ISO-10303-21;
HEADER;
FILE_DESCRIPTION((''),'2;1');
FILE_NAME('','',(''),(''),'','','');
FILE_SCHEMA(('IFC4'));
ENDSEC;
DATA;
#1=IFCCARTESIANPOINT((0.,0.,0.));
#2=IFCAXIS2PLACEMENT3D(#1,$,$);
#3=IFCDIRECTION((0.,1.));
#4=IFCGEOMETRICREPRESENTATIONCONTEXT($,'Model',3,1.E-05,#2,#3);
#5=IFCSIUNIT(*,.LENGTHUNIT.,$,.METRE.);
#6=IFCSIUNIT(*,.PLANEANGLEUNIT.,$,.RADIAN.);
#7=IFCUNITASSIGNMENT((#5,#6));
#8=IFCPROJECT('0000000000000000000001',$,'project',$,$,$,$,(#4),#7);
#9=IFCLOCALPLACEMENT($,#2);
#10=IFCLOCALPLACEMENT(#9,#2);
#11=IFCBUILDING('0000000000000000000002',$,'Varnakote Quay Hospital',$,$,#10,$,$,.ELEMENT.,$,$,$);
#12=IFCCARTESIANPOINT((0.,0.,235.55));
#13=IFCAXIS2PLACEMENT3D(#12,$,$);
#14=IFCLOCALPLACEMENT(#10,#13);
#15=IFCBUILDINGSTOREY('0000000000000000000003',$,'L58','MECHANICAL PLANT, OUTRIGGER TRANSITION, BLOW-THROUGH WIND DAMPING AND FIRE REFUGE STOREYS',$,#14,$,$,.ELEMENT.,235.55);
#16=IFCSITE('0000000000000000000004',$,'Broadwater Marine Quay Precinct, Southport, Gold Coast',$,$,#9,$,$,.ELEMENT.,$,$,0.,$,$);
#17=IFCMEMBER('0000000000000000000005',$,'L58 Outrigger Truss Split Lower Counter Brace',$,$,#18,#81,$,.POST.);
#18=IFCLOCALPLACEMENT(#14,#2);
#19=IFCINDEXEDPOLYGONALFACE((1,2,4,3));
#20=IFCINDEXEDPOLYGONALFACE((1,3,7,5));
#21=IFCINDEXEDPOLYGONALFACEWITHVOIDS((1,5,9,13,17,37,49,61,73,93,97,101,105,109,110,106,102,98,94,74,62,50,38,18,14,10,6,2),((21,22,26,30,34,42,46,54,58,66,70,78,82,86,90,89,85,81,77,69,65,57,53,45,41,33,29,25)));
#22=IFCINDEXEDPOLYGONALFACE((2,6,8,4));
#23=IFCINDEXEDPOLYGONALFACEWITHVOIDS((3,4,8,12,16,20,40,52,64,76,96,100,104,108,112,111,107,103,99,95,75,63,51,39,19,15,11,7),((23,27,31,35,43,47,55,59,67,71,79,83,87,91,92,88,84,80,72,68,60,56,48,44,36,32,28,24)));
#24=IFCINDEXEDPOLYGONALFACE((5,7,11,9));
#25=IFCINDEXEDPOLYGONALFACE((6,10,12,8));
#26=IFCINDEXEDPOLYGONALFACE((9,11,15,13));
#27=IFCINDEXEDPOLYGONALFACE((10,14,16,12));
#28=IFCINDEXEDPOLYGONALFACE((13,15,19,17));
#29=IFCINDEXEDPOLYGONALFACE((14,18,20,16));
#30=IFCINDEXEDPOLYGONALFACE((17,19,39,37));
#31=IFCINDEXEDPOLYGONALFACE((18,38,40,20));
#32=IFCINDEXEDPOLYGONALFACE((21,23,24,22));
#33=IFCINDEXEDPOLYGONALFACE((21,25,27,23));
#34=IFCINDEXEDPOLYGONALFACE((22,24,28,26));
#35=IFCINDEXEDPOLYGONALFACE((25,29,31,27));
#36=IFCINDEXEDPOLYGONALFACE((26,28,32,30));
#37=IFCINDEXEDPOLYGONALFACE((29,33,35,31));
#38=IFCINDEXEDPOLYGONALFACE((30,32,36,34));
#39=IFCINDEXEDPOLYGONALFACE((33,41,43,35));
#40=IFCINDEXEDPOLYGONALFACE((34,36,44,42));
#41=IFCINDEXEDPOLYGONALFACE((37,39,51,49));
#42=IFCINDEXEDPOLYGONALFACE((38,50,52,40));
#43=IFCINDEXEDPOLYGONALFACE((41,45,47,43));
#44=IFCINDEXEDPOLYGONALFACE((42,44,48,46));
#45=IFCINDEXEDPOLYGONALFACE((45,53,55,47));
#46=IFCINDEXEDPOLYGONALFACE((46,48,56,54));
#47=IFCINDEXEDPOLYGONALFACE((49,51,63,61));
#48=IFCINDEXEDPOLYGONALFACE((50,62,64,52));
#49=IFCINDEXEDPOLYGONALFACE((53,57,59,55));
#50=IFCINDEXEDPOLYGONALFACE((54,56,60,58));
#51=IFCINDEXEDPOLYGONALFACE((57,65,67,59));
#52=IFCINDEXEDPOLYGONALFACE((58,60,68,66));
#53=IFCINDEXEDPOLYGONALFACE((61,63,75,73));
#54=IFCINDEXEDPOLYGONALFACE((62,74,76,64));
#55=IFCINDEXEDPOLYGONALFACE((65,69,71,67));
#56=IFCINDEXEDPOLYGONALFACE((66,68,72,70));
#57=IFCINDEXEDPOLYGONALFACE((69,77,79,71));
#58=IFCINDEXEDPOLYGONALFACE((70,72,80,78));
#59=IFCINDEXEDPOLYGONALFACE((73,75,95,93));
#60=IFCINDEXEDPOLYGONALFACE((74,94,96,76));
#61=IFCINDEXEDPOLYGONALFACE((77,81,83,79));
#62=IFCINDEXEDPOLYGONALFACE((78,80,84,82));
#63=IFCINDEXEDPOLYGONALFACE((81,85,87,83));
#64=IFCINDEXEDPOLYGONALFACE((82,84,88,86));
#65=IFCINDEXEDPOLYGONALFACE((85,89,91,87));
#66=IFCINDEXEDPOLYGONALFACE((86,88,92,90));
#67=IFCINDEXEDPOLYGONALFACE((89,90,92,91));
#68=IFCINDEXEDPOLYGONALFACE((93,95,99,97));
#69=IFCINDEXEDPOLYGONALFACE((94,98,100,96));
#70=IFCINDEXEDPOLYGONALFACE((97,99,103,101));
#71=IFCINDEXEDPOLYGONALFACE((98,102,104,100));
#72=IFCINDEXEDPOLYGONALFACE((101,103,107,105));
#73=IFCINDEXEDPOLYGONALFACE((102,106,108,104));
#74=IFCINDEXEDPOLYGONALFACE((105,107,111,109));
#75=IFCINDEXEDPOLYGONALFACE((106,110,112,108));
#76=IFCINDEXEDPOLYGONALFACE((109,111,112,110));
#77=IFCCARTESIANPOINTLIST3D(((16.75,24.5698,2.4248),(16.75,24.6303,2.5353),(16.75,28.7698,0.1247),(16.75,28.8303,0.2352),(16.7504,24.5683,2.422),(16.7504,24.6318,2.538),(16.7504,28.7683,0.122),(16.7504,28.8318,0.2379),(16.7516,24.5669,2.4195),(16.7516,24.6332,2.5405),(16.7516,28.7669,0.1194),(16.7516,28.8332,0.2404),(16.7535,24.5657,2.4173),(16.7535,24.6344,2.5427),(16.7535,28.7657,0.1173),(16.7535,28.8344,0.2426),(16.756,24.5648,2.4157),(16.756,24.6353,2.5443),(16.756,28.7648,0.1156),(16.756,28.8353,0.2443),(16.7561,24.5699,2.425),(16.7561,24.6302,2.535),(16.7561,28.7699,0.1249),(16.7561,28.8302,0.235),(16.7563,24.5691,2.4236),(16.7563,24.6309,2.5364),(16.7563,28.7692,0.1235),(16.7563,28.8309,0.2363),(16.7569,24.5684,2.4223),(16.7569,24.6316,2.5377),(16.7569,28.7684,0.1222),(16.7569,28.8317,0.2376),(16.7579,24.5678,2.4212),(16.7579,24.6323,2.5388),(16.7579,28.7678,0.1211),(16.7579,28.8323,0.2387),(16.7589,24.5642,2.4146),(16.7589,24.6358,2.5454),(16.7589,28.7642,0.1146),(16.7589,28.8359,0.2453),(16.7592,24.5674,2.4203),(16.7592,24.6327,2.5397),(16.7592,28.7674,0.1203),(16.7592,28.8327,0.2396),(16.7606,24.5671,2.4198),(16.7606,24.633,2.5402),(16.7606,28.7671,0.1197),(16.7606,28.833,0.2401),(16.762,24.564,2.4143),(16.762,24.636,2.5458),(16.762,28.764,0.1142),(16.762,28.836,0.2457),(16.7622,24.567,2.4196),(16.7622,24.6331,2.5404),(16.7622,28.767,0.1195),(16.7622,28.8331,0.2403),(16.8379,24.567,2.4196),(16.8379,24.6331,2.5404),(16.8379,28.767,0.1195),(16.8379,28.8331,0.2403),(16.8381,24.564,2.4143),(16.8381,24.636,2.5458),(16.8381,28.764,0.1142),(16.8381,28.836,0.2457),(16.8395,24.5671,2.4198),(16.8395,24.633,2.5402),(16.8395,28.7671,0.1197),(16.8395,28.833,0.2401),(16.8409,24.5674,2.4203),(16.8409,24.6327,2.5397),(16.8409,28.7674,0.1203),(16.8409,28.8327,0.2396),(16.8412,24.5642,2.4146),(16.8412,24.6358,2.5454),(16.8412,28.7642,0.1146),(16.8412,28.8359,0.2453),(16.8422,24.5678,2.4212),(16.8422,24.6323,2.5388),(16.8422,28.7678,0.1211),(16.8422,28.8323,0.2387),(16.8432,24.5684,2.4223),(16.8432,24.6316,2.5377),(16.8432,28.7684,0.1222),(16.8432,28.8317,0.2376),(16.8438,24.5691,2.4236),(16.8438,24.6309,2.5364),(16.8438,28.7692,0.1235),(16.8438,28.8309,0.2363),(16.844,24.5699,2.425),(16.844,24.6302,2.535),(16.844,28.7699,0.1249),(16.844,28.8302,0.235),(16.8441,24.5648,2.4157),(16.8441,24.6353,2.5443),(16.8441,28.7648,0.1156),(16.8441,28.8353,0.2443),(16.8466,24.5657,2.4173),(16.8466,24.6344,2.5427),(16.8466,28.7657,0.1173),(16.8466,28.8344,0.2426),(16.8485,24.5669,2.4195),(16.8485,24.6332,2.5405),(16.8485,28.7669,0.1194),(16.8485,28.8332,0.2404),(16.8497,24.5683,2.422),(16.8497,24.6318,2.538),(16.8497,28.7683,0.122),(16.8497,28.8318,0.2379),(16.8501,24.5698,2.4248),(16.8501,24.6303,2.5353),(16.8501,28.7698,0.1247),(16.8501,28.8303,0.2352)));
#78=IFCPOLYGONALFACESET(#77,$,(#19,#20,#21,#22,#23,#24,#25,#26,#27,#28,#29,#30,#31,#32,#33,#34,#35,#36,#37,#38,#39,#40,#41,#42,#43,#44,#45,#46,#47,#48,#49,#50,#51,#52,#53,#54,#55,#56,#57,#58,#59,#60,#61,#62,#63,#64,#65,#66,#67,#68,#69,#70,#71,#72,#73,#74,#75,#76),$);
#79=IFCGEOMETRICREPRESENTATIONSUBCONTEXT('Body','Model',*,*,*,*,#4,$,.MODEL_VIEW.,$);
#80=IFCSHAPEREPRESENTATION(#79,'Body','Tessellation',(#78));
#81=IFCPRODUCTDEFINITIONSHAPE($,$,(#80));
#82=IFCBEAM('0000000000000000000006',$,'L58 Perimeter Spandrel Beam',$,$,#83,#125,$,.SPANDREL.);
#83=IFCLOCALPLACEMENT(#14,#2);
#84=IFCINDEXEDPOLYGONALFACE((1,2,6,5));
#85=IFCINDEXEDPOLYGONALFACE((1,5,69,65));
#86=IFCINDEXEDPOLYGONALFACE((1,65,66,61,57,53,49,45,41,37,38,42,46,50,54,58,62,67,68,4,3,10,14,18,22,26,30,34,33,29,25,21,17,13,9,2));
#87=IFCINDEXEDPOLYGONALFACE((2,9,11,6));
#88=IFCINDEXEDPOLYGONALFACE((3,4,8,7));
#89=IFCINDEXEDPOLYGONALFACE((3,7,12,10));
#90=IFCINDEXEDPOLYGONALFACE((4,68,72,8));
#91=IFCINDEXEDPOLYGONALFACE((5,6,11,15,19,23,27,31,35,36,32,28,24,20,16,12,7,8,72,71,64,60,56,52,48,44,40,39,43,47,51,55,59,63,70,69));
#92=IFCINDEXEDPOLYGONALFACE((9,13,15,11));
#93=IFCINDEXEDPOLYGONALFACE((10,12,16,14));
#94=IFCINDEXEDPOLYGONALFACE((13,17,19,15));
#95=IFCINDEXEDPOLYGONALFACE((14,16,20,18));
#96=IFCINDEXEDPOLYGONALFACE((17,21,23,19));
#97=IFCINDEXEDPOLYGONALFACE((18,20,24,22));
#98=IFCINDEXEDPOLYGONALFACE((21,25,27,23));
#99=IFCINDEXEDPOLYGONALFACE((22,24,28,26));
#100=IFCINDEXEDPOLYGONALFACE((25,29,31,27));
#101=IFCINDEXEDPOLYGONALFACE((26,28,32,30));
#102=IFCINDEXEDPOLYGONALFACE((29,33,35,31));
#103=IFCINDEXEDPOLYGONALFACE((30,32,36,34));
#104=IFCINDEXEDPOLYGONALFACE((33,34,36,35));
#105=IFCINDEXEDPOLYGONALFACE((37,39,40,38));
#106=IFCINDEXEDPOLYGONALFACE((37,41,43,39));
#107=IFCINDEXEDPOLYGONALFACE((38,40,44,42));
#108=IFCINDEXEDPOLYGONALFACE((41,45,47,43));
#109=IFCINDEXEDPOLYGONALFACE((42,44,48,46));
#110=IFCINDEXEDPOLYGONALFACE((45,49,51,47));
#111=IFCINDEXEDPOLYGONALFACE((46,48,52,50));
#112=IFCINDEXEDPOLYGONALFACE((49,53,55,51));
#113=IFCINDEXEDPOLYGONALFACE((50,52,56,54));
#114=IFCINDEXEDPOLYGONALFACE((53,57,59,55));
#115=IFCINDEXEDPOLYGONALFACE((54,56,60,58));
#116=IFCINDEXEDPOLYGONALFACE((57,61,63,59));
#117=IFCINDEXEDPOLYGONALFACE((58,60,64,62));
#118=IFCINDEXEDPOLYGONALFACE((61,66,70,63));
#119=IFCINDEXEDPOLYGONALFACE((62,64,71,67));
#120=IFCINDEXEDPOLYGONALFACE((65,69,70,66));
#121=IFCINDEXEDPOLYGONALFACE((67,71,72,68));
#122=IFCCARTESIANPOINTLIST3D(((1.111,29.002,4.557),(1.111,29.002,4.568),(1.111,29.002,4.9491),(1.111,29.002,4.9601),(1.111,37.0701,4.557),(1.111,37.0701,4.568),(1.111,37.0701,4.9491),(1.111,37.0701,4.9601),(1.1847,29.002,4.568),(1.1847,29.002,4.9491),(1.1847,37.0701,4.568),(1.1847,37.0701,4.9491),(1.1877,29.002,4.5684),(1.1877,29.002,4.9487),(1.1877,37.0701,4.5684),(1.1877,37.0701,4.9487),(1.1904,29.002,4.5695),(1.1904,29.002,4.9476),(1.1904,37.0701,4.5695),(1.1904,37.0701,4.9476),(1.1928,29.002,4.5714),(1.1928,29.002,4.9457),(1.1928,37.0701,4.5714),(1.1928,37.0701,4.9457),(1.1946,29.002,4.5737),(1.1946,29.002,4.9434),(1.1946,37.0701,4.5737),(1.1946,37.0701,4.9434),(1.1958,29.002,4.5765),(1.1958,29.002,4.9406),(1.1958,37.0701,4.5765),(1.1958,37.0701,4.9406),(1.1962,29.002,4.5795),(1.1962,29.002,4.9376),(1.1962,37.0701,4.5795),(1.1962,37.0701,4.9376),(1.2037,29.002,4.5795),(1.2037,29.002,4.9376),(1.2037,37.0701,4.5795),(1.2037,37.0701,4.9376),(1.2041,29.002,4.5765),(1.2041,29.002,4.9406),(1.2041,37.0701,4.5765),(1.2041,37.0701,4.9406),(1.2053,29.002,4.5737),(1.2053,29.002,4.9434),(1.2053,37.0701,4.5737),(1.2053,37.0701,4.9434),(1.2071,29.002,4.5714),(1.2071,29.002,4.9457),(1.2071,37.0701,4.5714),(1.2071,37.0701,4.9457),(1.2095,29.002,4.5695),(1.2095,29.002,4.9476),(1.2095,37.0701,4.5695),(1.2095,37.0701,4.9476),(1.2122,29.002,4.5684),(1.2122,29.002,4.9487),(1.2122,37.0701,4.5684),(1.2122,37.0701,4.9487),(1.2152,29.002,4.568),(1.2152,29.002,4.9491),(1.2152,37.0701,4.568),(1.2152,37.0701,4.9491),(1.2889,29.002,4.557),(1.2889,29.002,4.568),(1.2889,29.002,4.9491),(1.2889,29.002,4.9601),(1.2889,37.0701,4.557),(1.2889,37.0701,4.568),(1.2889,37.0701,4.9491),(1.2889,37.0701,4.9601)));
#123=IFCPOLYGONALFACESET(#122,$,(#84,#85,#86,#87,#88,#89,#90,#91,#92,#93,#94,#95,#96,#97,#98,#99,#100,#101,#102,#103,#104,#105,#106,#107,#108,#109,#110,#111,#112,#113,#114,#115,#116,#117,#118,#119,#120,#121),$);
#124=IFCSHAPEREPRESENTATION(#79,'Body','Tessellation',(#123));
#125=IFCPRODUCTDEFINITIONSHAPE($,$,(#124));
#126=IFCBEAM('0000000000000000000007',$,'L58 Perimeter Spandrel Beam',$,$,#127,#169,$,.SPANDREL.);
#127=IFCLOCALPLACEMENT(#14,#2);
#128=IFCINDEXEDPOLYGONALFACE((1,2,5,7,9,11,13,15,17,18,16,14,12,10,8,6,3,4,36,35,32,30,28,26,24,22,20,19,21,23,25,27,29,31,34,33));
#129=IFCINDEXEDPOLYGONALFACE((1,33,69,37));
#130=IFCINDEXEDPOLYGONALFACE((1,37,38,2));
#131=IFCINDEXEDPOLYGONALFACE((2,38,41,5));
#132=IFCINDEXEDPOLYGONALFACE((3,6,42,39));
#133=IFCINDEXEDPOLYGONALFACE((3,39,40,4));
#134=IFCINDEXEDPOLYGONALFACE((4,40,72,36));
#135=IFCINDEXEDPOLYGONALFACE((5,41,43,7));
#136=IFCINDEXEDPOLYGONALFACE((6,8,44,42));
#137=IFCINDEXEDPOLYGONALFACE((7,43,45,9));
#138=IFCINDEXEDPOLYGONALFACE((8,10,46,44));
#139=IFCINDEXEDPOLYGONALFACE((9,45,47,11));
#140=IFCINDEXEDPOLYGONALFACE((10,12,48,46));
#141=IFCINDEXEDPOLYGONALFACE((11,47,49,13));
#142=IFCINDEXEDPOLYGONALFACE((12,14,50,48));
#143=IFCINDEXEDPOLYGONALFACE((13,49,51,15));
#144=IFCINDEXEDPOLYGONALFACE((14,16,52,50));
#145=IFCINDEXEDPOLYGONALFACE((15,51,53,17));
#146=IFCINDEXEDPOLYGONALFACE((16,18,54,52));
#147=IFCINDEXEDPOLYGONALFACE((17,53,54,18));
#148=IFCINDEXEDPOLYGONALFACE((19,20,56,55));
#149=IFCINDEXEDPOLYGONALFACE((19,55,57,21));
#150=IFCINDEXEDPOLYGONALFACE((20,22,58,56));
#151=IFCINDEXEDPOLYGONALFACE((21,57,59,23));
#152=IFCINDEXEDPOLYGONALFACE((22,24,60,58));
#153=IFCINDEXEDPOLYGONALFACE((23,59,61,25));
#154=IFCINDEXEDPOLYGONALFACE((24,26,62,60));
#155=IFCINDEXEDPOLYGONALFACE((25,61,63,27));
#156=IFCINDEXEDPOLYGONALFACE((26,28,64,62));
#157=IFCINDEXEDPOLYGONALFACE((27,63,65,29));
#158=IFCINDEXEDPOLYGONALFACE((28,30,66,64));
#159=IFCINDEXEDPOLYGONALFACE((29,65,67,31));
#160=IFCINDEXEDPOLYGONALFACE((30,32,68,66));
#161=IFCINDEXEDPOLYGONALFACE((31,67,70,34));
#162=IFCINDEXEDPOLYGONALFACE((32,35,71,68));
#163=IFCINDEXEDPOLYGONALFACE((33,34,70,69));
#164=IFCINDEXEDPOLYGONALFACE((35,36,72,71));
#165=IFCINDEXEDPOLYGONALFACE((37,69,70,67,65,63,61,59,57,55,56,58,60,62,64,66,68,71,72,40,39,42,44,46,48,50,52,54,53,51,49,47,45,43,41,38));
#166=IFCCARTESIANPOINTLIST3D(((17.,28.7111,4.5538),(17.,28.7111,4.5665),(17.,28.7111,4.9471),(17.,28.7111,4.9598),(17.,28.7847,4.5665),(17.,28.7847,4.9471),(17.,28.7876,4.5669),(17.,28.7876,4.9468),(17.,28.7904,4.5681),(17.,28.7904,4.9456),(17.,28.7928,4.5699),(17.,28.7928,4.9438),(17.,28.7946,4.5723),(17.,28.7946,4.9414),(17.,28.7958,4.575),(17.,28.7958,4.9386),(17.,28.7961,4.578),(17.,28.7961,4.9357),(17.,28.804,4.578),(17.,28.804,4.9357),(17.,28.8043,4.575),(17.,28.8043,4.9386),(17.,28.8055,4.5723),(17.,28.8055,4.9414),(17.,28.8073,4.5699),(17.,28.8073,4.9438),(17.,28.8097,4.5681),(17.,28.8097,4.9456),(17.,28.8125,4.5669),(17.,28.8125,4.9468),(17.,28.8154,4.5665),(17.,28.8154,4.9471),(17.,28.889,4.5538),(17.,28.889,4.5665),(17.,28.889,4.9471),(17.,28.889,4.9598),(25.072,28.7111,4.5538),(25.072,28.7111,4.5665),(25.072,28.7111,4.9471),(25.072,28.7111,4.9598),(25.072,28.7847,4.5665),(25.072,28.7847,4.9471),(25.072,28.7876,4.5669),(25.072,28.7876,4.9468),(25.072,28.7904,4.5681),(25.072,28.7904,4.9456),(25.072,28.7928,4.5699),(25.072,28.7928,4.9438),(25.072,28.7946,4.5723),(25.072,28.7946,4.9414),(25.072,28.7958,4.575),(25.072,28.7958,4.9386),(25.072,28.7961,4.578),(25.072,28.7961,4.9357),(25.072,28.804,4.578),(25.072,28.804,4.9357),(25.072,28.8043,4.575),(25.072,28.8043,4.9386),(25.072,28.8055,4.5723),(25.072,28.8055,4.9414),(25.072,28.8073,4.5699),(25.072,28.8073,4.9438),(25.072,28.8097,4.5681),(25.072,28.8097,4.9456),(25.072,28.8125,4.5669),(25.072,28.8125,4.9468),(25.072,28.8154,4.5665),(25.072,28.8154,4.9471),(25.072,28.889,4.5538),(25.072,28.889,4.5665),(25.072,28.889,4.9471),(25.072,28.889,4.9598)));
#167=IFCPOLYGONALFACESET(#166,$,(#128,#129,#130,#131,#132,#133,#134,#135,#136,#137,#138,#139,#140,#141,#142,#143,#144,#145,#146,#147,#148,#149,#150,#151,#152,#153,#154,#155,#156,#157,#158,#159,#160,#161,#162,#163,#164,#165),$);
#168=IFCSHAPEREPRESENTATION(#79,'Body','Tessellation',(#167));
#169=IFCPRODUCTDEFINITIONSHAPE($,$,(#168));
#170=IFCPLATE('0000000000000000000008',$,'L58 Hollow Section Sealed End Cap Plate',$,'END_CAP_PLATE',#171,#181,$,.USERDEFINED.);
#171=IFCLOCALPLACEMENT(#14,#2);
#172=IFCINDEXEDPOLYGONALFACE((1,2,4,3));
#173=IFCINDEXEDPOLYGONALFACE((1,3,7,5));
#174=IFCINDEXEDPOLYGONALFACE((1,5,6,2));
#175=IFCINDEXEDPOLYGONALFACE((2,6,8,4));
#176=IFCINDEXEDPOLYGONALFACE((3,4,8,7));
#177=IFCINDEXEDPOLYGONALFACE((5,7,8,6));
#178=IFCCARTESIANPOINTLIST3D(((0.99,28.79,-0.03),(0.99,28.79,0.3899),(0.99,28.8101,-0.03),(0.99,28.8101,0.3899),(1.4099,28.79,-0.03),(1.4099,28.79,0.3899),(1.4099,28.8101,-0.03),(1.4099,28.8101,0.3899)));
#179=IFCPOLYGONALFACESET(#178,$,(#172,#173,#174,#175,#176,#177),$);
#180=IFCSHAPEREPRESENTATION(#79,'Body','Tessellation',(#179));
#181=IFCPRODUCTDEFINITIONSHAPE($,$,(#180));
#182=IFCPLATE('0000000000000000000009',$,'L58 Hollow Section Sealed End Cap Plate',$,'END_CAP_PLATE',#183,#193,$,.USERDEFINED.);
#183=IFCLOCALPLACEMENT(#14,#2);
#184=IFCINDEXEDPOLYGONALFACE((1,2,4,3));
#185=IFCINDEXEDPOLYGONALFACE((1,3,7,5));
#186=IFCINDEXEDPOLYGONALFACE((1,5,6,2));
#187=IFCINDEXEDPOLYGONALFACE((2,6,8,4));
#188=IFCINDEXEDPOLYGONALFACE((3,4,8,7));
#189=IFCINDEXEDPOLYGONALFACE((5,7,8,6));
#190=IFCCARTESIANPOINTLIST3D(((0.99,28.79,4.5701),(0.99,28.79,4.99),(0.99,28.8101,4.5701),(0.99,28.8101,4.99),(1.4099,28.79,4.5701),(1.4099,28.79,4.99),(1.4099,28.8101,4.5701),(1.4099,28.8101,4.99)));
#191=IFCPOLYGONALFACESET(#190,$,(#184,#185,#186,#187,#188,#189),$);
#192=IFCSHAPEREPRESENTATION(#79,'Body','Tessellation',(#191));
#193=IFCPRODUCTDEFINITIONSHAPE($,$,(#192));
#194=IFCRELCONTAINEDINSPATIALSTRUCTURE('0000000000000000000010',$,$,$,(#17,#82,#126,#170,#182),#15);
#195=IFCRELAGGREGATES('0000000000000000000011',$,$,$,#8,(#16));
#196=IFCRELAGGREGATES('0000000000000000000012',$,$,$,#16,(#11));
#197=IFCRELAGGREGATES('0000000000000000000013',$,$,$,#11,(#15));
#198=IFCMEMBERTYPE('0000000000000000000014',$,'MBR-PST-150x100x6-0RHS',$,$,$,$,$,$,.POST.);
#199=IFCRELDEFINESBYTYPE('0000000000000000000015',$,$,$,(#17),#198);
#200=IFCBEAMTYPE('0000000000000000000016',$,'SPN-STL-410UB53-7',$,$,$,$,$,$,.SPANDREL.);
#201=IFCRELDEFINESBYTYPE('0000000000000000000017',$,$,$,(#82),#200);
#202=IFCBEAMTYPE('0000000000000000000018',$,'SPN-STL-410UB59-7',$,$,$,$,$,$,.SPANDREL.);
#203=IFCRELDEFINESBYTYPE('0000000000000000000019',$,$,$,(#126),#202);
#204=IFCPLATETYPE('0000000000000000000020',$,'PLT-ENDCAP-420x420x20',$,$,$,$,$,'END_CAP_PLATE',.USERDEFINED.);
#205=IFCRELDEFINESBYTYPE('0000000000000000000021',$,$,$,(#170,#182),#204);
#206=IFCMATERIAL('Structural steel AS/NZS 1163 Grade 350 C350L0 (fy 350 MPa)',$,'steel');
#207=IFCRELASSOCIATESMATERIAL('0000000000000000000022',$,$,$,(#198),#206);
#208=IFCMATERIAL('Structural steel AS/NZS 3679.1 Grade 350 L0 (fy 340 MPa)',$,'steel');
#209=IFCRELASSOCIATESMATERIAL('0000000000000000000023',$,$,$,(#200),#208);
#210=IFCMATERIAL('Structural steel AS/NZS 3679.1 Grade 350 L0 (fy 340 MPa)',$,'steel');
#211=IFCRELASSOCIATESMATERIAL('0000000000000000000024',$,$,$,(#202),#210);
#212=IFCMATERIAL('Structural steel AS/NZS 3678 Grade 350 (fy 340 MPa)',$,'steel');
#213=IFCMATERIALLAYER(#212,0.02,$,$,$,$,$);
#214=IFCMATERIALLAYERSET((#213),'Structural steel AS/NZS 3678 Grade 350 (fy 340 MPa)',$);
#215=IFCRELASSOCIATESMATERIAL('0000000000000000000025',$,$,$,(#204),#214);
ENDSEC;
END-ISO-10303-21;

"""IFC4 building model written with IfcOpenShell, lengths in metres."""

from ifc_helpers import new_model, si_unit, direction, frame, origin, origin_2d, place, context, subcontext, project, spatial, rectangle, hollow_rectangle, i_section, extrude, material, layer, layer_set, material_profile, profile_set, type_object, element, save


model = new_model("IFC4")

# Units and contexts
model_context = context("Model", 3, precision=1e-05, world=origin(), true_north=direction((0.0, 1.0)))
body_context = subcontext(model_context, "Body", "Model", "MODEL_VIEW")
ifc_project = project(units=[si_unit("LENGTHUNIT", "METRE"), si_unit("PLANEANGLEUNIT", "RADIAN")], contexts=[model_context])

# Site, building, storey
site_placement = place(None, origin())
site = spatial("IfcSite", under=ifc_project, at=site_placement, Name="Broadwater Marine Quay Precinct, Southport, Gold Coast", CompositionType="ELEMENT", RefElevation=0.0)
building_placement = place(site_placement, origin())
building = spatial("IfcBuilding", under=site, at=building_placement, Name="Varnakote Quay Hospital", CompositionType="ELEMENT")
storey_placement = place(building_placement, frame((0.0, 0.0, 235.55)))
storey = spatial("IfcBuildingStorey", under=building, at=storey_placement, Name="L58", Description="MECHANICAL PLANT, OUTRIGGER TRANSITION, BLOW-THROUGH WIND DAMPING AND FIRE REFUGE STOREYS", CompositionType="ELEMENT", Elevation=235.55)

# Member
ifc_material_1 = material(Name="Structural steel AS/NZS 1163 Grade 350 C350L0 (fy 350 MPa)", Category="steel")
ifc_material_profile_1 = material_profile(ifc_material_1, hollow_rectangle(XDim=0.1001, YDim=0.1499, WallThickness=0.0061, InnerFilletRadius=0.0061, OuterFilletRadius=0.012, at=origin_2d()), Name="150x100x6.0RHS")
ifc_profile_set_1 = profile_set([ifc_material_profile_1], Name="Structural steel AS/NZS 1163 Grade 350 C350L0 (fy 350 MPa)")
member_type_1 = type_object("IfcMemberType", Name="MBR-PST-150x100x6-0RHS", PredefinedType="POST", material=ifc_profile_set_1)
for number, where, z_axis, x_axis, name in (
    (1, (16.8, 28.8, 0.1799), (0.0, -0.87709, 0.480327), (1.0, 0.0, 0.0), "L58 Outrigger Truss Split Lower Counter Brace"),
):
    element("IfcMember", number, at=place(storey_placement, frame(where, z_axis=z_axis, x_axis=x_axis)), inside=storey, type_object=member_type_1, Name=name, PredefinedType="POST", context=body_context, shape_type="SweptSolid", body=[
        extrude(hollow_rectangle(XDim=0.1001, YDim=0.1499, WallThickness=0.0061, InnerFilletRadius=0.0061, OuterFilletRadius=0.012, at=origin_2d()), origin(), (0.0, 0.0, 1.0), 4.7886),
    ])

# Beams
ifc_material_2 = material(Name="Structural steel AS/NZS 3679.1 Grade 350 L0 (fy 340 MPa)", Category="steel")
ifc_material_profile_2 = material_profile(ifc_material_2, i_section(OverallWidth=0.178, OverallDepth=0.4031, WebThickness=0.0076, FlangeThickness=0.011, FilletRadius=0.0115, at=origin_2d()), Name="410UB53.7")
ifc_profile_set_2 = profile_set([ifc_material_profile_2], Name="Structural steel AS/NZS 3679.1 Grade 350 L0 (fy 340 MPa)")
beam_type_1 = type_object("IfcBeamType", Name="SPN-STL-410UB53-7", PredefinedType="SPANDREL", material=ifc_profile_set_2)
beam_1_placement = place(storey_placement, frame((1.2, 29.002, 4.7585), z_axis=(0.0, 1.0, 0.0), x_axis=(-1.0, 0.0, 0.0)))
element("IfcBeam", 2, at=beam_1_placement, inside=storey, type_object=beam_type_1, Name="L58 Perimeter Spandrel Beam", PredefinedType="SPANDREL", context=body_context, shape_type="SweptSolid", body=[
    extrude(i_section(OverallWidth=0.178, OverallDepth=0.4031, WebThickness=0.0076, FlangeThickness=0.011, FilletRadius=0.0115, at=origin_2d()), origin(), (0.0, 0.0, 1.0), 8.0681),
])
ifc_material_3 = material(Name="Structural steel AS/NZS 3679.1 Grade 350 L0 (fy 340 MPa)", Category="steel")
ifc_material_profile_3 = material_profile(ifc_material_3, i_section(OverallWidth=0.178, OverallDepth=0.406, WebThickness=0.0078, FlangeThickness=0.0127, FilletRadius=0.0115, at=origin_2d()), Name="410UB59.7")
ifc_profile_set_3 = profile_set([ifc_material_profile_3], Name="Structural steel AS/NZS 3679.1 Grade 350 L0 (fy 340 MPa)")
beam_type_2 = type_object("IfcBeamType", Name="SPN-STL-410UB59-7", PredefinedType="SPANDREL", material=ifc_profile_set_3)
beam_2_placement = place(storey_placement, frame((17.0, 28.8, 4.7568), z_axis=(1.0, 0.0, 0.0), x_axis=(0.0, 1.0, 0.0)))
element("IfcBeam", 3, at=beam_2_placement, inside=storey, type_object=beam_type_2, Name="L58 Perimeter Spandrel Beam", PredefinedType="SPANDREL", context=body_context, shape_type="SweptSolid", body=[
    extrude(i_section(OverallWidth=0.178, OverallDepth=0.406, WebThickness=0.0078, FlangeThickness=0.0127, FilletRadius=0.0115, at=origin_2d()), origin(), (0.0, 0.0, 1.0), 8.072),
])

# Plates
ifc_material_4 = material(Name="Structural steel AS/NZS 3678 Grade 350 (fy 340 MPa)", Category="steel")
ifc_layer_1 = layer(ifc_material_4, 0.02)
ifc_layer_set_1 = layer_set([ifc_layer_1], Name="Structural steel AS/NZS 3678 Grade 350 (fy 340 MPa)")
plate_type_1 = type_object("IfcPlateType", Name="PLT-ENDCAP-420x420x20", ElementType="END_CAP_PLATE", PredefinedType="USERDEFINED", material=ifc_layer_set_1)
for number, where, z_axis, x_axis, name in (
    (4, (1.2, 28.8, -0.03), (0.0, 0.0, 1.0), (0.0, 1.0, 0.0), "L58 Hollow Section Sealed End Cap Plate"),
    (5, (1.2, 28.8, 4.5701), (0.0, 0.0, 1.0), (0.0, 1.0, 0.0), "L58 Hollow Section Sealed End Cap Plate"),
):
    element("IfcPlate", number, at=place(storey_placement, frame(where, z_axis=z_axis, x_axis=x_axis)), inside=storey, type_object=plate_type_1, Name=name, ObjectType="END_CAP_PLATE", PredefinedType="USERDEFINED", context=body_context, shape_type="SweptSolid", body=[
        extrude(rectangle(XDim=0.02, YDim=0.4199, at=origin_2d()), origin(), (0.0, 0.0, 1.0), 0.4199),
    ])

save(model, "model.ifc")
